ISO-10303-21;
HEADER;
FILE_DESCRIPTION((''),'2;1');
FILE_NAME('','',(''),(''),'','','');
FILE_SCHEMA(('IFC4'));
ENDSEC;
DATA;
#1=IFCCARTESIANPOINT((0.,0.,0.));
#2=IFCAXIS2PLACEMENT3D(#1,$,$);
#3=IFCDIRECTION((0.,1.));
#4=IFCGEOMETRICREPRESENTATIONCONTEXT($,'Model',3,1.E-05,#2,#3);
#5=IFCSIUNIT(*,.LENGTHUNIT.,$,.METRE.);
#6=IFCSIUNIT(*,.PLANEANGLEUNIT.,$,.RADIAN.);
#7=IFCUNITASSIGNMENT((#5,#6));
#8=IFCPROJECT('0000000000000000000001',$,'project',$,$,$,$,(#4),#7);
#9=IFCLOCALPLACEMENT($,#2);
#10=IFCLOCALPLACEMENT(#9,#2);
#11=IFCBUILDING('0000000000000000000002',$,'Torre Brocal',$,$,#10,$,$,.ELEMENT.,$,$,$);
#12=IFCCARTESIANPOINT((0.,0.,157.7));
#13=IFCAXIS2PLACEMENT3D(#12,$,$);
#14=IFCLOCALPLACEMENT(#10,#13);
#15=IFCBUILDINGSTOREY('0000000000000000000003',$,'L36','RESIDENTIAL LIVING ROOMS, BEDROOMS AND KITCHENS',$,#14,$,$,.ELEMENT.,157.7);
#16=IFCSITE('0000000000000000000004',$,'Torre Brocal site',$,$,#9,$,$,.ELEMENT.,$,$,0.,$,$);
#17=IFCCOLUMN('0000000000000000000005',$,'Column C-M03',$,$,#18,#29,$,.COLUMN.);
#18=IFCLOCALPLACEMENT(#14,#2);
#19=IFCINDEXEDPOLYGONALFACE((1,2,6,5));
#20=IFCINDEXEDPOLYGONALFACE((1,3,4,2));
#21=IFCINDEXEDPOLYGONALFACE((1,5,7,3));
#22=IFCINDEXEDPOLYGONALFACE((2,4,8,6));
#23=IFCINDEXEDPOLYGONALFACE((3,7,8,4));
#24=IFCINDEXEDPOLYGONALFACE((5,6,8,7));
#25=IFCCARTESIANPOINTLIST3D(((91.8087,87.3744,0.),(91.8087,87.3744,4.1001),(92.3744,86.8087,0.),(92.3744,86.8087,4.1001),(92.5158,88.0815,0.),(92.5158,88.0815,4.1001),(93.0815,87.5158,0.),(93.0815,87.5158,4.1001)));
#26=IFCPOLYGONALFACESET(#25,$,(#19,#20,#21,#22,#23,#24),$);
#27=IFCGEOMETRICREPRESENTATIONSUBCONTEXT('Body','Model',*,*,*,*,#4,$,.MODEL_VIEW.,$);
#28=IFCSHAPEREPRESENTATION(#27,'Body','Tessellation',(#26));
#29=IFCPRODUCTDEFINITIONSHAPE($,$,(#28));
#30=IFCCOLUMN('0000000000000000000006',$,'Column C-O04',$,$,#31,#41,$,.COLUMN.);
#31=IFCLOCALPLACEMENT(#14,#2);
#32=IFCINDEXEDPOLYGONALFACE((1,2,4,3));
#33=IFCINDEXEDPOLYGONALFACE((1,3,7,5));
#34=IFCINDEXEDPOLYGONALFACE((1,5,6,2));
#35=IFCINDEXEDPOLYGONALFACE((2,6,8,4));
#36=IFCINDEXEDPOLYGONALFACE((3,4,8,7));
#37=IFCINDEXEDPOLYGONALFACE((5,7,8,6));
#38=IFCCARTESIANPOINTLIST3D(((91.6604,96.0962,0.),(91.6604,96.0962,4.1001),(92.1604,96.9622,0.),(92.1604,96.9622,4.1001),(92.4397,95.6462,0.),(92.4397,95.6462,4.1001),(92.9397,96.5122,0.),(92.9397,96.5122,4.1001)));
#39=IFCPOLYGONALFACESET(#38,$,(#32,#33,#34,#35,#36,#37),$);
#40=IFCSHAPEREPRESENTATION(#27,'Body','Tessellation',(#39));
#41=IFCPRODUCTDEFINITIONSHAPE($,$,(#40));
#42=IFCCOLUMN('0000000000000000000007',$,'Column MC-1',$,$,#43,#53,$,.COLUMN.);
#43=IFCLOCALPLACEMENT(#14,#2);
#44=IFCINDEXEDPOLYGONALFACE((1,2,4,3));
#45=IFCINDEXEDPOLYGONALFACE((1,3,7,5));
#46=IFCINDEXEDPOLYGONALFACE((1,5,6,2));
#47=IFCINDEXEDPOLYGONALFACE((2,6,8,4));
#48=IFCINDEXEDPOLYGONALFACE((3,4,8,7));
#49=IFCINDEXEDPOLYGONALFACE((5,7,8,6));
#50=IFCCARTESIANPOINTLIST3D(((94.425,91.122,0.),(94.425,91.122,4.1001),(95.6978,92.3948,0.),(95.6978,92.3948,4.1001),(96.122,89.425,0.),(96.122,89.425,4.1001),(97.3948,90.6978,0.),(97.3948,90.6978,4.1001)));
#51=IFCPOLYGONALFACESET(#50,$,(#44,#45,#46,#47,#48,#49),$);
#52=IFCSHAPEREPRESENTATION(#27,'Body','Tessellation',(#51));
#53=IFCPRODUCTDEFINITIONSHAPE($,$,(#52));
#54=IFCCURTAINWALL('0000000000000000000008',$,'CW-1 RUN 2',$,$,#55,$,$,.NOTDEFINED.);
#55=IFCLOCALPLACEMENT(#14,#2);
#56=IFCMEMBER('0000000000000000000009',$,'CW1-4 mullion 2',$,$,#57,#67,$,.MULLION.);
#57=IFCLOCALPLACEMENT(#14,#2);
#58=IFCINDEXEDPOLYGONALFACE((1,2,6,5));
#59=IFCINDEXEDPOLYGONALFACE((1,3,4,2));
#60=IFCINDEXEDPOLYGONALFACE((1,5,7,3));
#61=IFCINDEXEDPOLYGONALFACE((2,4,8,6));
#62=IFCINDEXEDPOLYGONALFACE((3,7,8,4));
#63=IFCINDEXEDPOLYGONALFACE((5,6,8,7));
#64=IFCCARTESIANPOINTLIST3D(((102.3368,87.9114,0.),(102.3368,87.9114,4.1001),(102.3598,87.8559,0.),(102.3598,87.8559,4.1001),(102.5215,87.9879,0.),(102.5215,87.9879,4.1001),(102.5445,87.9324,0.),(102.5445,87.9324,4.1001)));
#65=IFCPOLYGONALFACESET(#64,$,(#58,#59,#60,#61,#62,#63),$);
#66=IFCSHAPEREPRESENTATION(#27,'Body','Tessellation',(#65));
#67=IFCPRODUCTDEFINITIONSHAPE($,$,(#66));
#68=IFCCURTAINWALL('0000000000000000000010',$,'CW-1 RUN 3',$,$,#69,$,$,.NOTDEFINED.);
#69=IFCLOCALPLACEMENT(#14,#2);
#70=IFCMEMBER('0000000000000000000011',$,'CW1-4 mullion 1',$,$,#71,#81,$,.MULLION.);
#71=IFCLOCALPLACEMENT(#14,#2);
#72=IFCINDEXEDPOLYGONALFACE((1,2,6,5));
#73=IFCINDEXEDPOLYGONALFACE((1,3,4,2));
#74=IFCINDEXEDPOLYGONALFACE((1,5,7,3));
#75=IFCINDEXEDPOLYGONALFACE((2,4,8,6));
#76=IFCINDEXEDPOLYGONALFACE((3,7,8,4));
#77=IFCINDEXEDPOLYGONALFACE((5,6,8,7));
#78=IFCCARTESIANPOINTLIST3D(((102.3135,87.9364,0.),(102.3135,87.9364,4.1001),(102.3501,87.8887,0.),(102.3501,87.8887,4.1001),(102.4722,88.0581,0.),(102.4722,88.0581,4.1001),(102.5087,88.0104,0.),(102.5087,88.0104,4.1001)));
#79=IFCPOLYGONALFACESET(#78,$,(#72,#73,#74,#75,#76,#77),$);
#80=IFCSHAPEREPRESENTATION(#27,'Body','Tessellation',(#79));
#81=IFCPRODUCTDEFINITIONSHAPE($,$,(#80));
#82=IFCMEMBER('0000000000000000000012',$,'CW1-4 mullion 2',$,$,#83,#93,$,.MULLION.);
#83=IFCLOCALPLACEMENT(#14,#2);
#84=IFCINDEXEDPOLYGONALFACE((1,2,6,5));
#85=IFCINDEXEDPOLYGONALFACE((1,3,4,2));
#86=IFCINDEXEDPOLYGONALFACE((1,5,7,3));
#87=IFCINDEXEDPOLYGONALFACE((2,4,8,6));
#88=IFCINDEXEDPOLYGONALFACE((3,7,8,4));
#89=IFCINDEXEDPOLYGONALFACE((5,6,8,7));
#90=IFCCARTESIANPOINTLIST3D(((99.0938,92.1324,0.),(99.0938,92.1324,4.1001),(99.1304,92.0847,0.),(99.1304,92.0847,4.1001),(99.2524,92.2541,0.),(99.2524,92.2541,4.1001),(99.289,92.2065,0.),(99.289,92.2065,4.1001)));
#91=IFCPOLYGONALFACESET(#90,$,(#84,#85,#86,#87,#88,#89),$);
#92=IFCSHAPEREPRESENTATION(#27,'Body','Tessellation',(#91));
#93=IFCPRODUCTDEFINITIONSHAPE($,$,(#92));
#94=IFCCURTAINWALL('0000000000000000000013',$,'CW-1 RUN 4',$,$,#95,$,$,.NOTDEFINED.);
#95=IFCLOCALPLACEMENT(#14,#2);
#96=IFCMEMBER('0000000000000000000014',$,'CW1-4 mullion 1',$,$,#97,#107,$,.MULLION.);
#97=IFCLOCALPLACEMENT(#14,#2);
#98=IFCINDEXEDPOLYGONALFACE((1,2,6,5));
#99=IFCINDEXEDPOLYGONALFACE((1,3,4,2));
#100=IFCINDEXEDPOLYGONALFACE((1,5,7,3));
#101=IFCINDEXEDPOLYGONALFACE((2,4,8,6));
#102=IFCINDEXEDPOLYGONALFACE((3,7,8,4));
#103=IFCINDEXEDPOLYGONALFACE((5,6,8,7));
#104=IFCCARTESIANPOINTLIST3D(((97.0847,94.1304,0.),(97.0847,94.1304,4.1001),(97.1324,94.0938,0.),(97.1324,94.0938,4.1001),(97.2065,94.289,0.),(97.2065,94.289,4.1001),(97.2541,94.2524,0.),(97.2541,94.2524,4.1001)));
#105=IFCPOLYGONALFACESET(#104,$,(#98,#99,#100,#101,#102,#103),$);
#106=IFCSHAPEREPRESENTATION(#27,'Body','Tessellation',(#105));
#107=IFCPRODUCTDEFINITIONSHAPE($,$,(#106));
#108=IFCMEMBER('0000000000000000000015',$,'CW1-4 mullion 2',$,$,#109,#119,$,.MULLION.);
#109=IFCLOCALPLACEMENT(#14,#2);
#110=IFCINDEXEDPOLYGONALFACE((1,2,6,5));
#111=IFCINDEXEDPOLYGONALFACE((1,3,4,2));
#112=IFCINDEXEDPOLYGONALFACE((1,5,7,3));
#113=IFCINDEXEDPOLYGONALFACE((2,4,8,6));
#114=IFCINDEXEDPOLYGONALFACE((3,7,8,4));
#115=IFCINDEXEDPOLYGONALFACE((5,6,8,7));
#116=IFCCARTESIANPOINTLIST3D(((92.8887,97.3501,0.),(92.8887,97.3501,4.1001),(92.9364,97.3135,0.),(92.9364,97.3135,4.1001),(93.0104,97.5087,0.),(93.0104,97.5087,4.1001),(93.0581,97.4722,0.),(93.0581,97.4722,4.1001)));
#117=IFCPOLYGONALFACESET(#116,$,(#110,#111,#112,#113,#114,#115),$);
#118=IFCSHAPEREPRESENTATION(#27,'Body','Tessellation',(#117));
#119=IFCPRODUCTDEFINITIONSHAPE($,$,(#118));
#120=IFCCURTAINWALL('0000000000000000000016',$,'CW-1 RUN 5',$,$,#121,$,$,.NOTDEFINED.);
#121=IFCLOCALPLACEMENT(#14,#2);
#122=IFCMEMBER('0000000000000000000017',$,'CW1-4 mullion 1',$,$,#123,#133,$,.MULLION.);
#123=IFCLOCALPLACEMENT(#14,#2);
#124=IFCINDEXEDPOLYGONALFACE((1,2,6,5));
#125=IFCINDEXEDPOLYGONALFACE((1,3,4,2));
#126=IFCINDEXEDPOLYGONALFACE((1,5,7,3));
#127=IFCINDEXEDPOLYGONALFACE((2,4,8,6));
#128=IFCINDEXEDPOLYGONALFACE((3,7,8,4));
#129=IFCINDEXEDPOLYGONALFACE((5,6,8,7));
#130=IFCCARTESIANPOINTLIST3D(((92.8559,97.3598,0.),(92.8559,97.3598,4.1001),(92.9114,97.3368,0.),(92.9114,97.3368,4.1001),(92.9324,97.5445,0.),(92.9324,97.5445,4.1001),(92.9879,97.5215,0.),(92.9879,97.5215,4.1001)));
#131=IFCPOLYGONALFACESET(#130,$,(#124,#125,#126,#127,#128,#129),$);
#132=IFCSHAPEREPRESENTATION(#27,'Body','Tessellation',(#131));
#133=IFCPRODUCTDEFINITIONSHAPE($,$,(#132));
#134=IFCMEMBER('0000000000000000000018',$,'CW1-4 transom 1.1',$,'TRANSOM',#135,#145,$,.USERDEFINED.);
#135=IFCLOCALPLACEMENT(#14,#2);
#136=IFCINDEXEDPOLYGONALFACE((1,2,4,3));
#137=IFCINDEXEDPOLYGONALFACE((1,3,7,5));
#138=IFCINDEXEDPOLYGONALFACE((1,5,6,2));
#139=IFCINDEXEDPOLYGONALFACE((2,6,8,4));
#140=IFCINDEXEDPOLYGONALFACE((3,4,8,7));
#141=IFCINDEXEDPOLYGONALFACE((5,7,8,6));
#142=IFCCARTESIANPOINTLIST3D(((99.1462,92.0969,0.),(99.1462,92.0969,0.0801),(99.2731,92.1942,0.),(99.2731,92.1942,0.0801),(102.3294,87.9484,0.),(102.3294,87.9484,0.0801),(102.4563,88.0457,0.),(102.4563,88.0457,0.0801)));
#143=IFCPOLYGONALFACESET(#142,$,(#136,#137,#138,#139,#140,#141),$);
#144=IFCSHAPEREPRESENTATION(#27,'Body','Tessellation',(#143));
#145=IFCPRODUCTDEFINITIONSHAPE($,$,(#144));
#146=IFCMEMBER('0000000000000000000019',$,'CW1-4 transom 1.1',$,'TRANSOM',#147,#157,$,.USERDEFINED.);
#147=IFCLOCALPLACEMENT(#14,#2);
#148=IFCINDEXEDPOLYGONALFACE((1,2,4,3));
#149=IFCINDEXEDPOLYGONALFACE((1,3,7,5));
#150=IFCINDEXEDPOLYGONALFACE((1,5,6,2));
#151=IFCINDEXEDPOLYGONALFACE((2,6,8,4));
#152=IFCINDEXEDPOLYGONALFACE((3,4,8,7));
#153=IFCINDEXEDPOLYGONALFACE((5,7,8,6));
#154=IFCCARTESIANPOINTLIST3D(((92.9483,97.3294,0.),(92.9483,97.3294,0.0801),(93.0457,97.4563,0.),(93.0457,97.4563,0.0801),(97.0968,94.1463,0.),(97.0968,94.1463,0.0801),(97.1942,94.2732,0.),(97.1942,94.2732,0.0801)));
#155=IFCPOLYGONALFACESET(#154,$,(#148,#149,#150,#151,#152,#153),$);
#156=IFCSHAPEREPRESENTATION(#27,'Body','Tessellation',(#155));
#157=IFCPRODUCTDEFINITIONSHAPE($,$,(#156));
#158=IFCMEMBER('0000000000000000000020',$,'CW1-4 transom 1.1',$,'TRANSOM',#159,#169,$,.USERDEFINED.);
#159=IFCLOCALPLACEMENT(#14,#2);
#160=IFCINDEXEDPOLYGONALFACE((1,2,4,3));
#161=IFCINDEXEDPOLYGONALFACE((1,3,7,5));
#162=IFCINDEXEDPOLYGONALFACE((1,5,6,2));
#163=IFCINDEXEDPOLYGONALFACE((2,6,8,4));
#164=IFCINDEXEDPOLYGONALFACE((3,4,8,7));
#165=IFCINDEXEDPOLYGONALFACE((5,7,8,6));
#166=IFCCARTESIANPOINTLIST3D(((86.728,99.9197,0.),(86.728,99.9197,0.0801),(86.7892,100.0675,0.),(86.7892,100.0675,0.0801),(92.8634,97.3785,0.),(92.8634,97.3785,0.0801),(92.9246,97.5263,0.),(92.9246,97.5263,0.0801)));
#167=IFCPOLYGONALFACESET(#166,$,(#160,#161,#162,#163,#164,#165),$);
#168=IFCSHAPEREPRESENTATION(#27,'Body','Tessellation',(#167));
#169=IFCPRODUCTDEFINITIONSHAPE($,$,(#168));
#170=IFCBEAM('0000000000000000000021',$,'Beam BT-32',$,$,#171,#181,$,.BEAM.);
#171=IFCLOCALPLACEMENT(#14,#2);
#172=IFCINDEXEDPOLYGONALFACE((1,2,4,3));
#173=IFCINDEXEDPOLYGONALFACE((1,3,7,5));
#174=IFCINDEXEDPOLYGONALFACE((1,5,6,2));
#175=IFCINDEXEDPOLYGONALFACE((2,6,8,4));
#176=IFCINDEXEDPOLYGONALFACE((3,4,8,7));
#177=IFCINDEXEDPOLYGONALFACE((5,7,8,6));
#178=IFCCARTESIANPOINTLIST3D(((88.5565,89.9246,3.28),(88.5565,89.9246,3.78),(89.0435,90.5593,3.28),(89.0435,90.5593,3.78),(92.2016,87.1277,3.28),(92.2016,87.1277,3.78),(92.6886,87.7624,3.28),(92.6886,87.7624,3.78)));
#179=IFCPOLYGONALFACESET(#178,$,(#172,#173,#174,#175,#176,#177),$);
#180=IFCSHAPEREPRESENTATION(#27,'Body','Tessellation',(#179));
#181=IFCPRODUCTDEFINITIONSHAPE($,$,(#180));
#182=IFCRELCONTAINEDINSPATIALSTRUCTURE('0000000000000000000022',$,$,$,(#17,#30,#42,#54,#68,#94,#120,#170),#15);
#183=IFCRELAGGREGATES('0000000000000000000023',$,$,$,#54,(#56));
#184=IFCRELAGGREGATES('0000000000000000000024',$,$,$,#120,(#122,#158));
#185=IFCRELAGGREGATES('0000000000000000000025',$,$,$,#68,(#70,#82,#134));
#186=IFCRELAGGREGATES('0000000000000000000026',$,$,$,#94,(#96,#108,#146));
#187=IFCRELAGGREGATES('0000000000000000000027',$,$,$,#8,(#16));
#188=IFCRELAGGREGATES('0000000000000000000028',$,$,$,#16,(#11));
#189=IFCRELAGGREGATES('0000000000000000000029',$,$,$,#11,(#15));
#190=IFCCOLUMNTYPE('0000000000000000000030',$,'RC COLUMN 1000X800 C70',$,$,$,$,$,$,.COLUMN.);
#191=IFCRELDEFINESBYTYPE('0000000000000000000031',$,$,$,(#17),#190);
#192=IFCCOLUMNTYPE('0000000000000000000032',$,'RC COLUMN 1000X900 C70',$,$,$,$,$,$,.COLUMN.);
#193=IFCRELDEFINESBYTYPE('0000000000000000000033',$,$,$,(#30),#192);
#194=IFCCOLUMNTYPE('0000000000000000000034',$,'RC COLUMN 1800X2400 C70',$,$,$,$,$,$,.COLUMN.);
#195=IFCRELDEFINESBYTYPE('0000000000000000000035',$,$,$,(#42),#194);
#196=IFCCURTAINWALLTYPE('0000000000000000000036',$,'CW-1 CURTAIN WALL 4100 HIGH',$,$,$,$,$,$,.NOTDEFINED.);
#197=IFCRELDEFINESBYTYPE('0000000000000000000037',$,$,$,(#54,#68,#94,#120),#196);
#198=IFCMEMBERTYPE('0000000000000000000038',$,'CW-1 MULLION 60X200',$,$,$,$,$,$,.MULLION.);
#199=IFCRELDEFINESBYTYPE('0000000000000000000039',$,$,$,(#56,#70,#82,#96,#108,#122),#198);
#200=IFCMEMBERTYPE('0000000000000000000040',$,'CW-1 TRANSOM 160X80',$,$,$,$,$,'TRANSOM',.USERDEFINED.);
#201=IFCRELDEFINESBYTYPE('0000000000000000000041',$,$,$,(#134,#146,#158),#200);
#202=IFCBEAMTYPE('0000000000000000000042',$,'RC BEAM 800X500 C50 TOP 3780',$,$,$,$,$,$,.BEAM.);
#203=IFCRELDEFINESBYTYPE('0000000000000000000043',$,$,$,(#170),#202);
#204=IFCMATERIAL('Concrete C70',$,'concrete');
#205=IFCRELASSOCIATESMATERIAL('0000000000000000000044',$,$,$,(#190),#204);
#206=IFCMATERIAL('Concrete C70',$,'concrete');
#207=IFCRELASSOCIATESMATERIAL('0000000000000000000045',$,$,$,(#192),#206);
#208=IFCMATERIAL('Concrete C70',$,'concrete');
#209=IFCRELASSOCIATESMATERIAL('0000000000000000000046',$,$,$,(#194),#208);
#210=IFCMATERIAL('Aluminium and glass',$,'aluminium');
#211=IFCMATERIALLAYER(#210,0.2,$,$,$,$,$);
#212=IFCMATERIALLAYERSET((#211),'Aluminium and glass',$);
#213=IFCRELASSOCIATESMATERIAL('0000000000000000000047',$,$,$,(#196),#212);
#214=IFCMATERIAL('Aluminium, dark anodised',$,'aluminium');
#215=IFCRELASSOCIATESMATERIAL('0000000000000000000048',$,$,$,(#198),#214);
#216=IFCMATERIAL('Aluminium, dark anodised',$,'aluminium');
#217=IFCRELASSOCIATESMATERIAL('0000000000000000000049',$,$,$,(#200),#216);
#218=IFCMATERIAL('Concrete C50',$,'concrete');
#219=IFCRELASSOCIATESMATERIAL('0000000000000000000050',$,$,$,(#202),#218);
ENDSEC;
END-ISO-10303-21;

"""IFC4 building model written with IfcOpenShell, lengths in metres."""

from ifc_helpers import new_model, si_unit, direction, frame, origin, origin_2d, place, context, subcontext, project, spatial, rectangle, extrude, material, layer, layer_set, material_profile, profile_set, type_object, element, aggregate, save


model = new_model("IFC4")

# Units and contexts
model_context = context("Model", 3, precision=1e-05, world=origin(), true_north=direction((0.0, 1.0)))
body_context = subcontext(model_context, "Body", "Model", "MODEL_VIEW")
ifc_project = project(units=[si_unit("LENGTHUNIT", "METRE"), si_unit("PLANEANGLEUNIT", "RADIAN")], contexts=[model_context])

# Site, building, storey
site_placement = place(None, origin())
site = spatial("IfcSite", under=ifc_project, at=site_placement, Name="Torre Brocal site", CompositionType="ELEMENT", RefElevation=0.0)
building_placement = place(site_placement, origin())
building = spatial("IfcBuilding", under=site, at=building_placement, Name="Torre Brocal", CompositionType="ELEMENT")
storey_placement = place(building_placement, frame((0.0, 0.0, 157.7)))
storey = spatial("IfcBuildingStorey", under=building, at=storey_placement, Name="L36", Description="RESIDENTIAL LIVING ROOMS, BEDROOMS AND KITCHENS", CompositionType="ELEMENT", Elevation=157.7)

# Columns
ifc_material_1 = material(Name="Concrete C70", Category="concrete")
ifc_material_profile_1 = material_profile(ifc_material_1, rectangle(XDim=1.0, YDim=0.8, at=origin_2d()), Name="RC 1000X800")
ifc_profile_set_1 = profile_set([ifc_material_profile_1], Name="Concrete C70")
column_type_1 = type_object("IfcColumnType", Name="RC COLUMN 1000X800 C70", PredefinedType="COLUMN", material=ifc_profile_set_1)
column_1_placement = place(storey_placement, frame((92.4451, 87.4451, 0.0), z_axis=(0.0, 0.0, 1.0), x_axis=(0.707107, 0.707107, 0.0)))
element("IfcColumn", 1, at=column_1_placement, inside=storey, type_object=column_type_1, Name="Column C-M03", PredefinedType="COLUMN", context=body_context, shape_type="SweptSolid", body=[
    extrude(rectangle(XDim=1.0, YDim=0.8, at=origin_2d()), origin(), (0.0, 0.0, 1.0), 4.1001),
])
ifc_material_2 = material(Name="Concrete C70", Category="concrete")
ifc_material_profile_2 = material_profile(ifc_material_2, rectangle(XDim=1.0, YDim=0.8999, at=origin_2d()), Name="RC 1000X900")
ifc_profile_set_2 = profile_set([ifc_material_profile_2], Name="Concrete C70")
column_type_2 = type_object("IfcColumnType", Name="RC COLUMN 1000X900 C70", PredefinedType="COLUMN", material=ifc_profile_set_2)
column_2_placement = place(storey_placement, frame((92.3, 96.3042, 0.0), z_axis=(0.0, 0.0, 1.0), x_axis=(0.5, 0.866025, 0.0)))
element("IfcColumn", 2, at=column_2_placement, inside=storey, type_object=column_type_2, Name="Column C-O04", PredefinedType="COLUMN", context=body_context, shape_type="SweptSolid", body=[
    extrude(rectangle(XDim=1.0, YDim=0.8999, at=origin_2d()), origin(), (0.0, 0.0, 1.0), 4.1001),
])
ifc_material_3 = material(Name="Concrete C70", Category="concrete")
ifc_material_profile_3 = material_profile(ifc_material_3, rectangle(XDim=1.8, YDim=2.3999, at=origin_2d()), Name="RC 1800X2400")
ifc_profile_set_3 = profile_set([ifc_material_profile_3], Name="Concrete C70")
column_type_3 = type_object("IfcColumnType", Name="RC COLUMN 1800X2400 C70", PredefinedType="COLUMN", material=ifc_profile_set_3)
column_3_placement = place(storey_placement, frame((95.9099, 90.9099, 0.0), z_axis=(0.0, 0.0, 1.0), x_axis=(0.707107, 0.707107, 0.0)))
element("IfcColumn", 3, at=column_3_placement, inside=storey, type_object=column_type_3, Name="Column MC-1", PredefinedType="COLUMN", context=body_context, shape_type="SweptSolid", body=[
    extrude(rectangle(XDim=1.8, YDim=2.3999, at=origin_2d()), origin(), (0.0, 0.0, 1.0), 4.1001),
])

# Curtain wall, member
ifc_material_4 = material(Name="Aluminium and glass", Category="aluminium")
ifc_layer_1 = layer(ifc_material_4, 0.2)
ifc_layer_set_1 = layer_set([ifc_layer_1], Name="Aluminium and glass")
curtain_wall_type = type_object("IfcCurtainWallType", Name="CW-1 CURTAIN WALL 4100 HIGH", PredefinedType="NOTDEFINED", material=ifc_layer_set_1)
curtain_wall_1_placement = place(storey_placement, origin())
curtain_wall_1 = element("IfcCurtainWall", 4, at=curtain_wall_1_placement, inside=storey, type_object=curtain_wall_type, Name="CW-1 RUN 2", PredefinedType="NOTDEFINED")
ifc_material_5 = material(Name="Aluminium, dark anodised", Category="aluminium")
ifc_material_profile_4 = material_profile(ifc_material_5, rectangle(XDim=0.2, YDim=0.0601, at=origin_2d()), Name="CW-1 MULLION 60X200")
ifc_profile_set_4 = profile_set([ifc_material_profile_4], Name="Aluminium, dark anodised")
member_type_1 = type_object("IfcMemberType", Name="CW-1 MULLION 60X200", PredefinedType="MULLION", material=ifc_profile_set_4)
member_1_placement = place(storey_placement, frame((102.4407, 87.9219, 0.0), z_axis=(0.0, 0.0, 1.0), x_axis=(-0.92388, -0.382683, 0.0)))
member_1 = element("IfcMember", 5, at=member_1_placement, type_object=member_type_1, Name="CW1-4 mullion 2", PredefinedType="MULLION", context=body_context, shape_type="SweptSolid", body=[
    extrude(rectangle(XDim=0.2, YDim=0.0601, at=origin_2d()), origin(), (0.0, 0.0, 1.0), 4.1001),
])
aggregate(curtain_wall_1, [member_1])

# Curtain walls, members
curtain_wall_2_placement = place(storey_placement, origin())
curtain_wall_2 = element("IfcCurtainWall", 6, at=curtain_wall_2_placement, inside=storey, type_object=curtain_wall_type, Name="CW-1 RUN 3", PredefinedType="NOTDEFINED")
member_2_placement = place(storey_placement, frame((102.4111, 87.9734, 0.0), z_axis=(0.0, 0.0, 1.0), x_axis=(-0.793353, -0.608761, 0.0)))
member_2 = element("IfcMember", 7, at=member_2_placement, type_object=member_type_1, Name="CW1-4 mullion 1", PredefinedType="MULLION", context=body_context, shape_type="SweptSolid", body=[
    extrude(rectangle(XDim=0.2, YDim=0.0601, at=origin_2d()), origin(), (0.0, 0.0, 1.0), 4.1001),
])
member_3_placement = place(storey_placement, frame((99.1914, 92.1694, 0.0), z_axis=(0.0, 0.0, 1.0), x_axis=(-0.793353, -0.608761, 0.0)))
member_3 = element("IfcMember", 8, at=member_3_placement, type_object=member_type_1, Name="CW1-4 mullion 2", PredefinedType="MULLION", context=body_context, shape_type="SweptSolid", body=[
    extrude(rectangle(XDim=0.2, YDim=0.0601, at=origin_2d()), origin(), (0.0, 0.0, 1.0), 4.1001),
])
curtain_wall_3_placement = place(storey_placement, origin())
curtain_wall_3 = element("IfcCurtainWall", 9, at=curtain_wall_3_placement, inside=storey, type_object=curtain_wall_type, Name="CW-1 RUN 4", PredefinedType="NOTDEFINED")
member_4_placement = place(storey_placement, frame((97.1694, 94.1914, 0.0), z_axis=(0.0, 0.0, 1.0), x_axis=(-0.608761, -0.793353, 0.0)))
member_4 = element("IfcMember", 10, at=member_4_placement, type_object=member_type_1, Name="CW1-4 mullion 1", PredefinedType="MULLION", context=body_context, shape_type="SweptSolid", body=[
    extrude(rectangle(XDim=0.2, YDim=0.0601, at=origin_2d()), origin(), (0.0, 0.0, 1.0), 4.1001),
])
member_5_placement = place(storey_placement, frame((92.9734, 97.4111, 0.0), z_axis=(0.0, 0.0, 1.0), x_axis=(-0.608761, -0.793353, 0.0)))
member_5 = element("IfcMember", 11, at=member_5_placement, type_object=member_type_1, Name="CW1-4 mullion 2", PredefinedType="MULLION", context=body_context, shape_type="SweptSolid", body=[
    extrude(rectangle(XDim=0.2, YDim=0.0601, at=origin_2d()), origin(), (0.0, 0.0, 1.0), 4.1001),
])

# Curtain wall, member
curtain_wall_4_placement = place(storey_placement, origin())
curtain_wall_4 = element("IfcCurtainWall", 12, at=curtain_wall_4_placement, inside=storey, type_object=curtain_wall_type, Name="CW-1 RUN 5", PredefinedType="NOTDEFINED")
member_6_placement = place(storey_placement, frame((92.9219, 97.4407, 0.0), z_axis=(0.0, 0.0, 1.0), x_axis=(-0.382683, -0.92388, 0.0)))
member_6 = element("IfcMember", 13, at=member_6_placement, type_object=member_type_1, Name="CW1-4 mullion 1", PredefinedType="MULLION", context=body_context, shape_type="SweptSolid", body=[
    extrude(rectangle(XDim=0.2, YDim=0.0601, at=origin_2d()), origin(), (0.0, 0.0, 1.0), 4.1001),
])

# Members
ifc_material_6 = material(Name="Aluminium, dark anodised", Category="aluminium")
ifc_material_profile_5 = material_profile(ifc_material_6, rectangle(XDim=0.1599, YDim=0.0801, at=origin_2d()), Name="CW-1 TRANSOM 160X80")
ifc_profile_set_5 = profile_set([ifc_material_profile_5], Name="Aluminium, dark anodised")
member_type_2 = type_object("IfcMemberType", Name="CW-1 TRANSOM 160X80", ElementType="TRANSOM", PredefinedType="USERDEFINED", material=ifc_profile_set_5)
member_7_placement = place(storey_placement, frame((102.3928, 87.9971, 0.04), z_axis=(-0.608749, 0.793363, 0.0), x_axis=(-0.793363, -0.608749, 0.0)))
member_7 = element("IfcMember", 14, at=member_7_placement, type_object=member_type_2, Name="CW1-4 transom 1.1", ObjectType="TRANSOM", PredefinedType="USERDEFINED", context=body_context, shape_type="SweptSolid", body=[
    extrude(rectangle(XDim=0.1599, YDim=0.0801, at=origin_2d()), origin(), (0.0, 0.0, 1.0), 5.229),
])
member_8_placement = place(storey_placement, frame((97.1455, 94.2097, 0.04), z_axis=(-0.793363, 0.608749, 0.0), x_axis=(-0.608749, -0.793363, 0.0)))
member_8 = element("IfcMember", 15, at=member_8_placement, type_object=member_type_2, Name="CW1-4 transom 1.1", ObjectType="TRANSOM", PredefinedType="USERDEFINED", context=body_context, shape_type="SweptSolid", body=[
    extrude(rectangle(XDim=0.1599, YDim=0.0801, at=origin_2d()), origin(), (0.0, 0.0, 1.0), 5.229),
])
member_9_placement = place(storey_placement, frame((92.894, 97.4524, 0.04), z_axis=(-0.923887, 0.382665, 0.0), x_axis=(-0.382665, -0.923887, 0.0)))
member_9 = element("IfcMember", 16, at=member_9_placement, type_object=member_type_2, Name="CW1-4 transom 1.1", ObjectType="TRANSOM", PredefinedType="USERDEFINED", context=body_context, shape_type="SweptSolid", body=[
    extrude(rectangle(XDim=0.1599, YDim=0.0801, at=origin_2d()), origin(), (0.0, 0.0, 1.0), 6.6409),
])
aggregate(curtain_wall_4, [member_6, member_9])

# Beam
ifc_material_7 = material(Name="Concrete C50", Category="concrete")
ifc_material_profile_6 = material_profile(ifc_material_7, rectangle(XDim=0.8, YDim=0.5, at=origin_2d()), Name="RC 800X500")
ifc_profile_set_6 = profile_set([ifc_material_profile_6], Name="Concrete C50")
beam_type_1 = type_object("IfcBeamType", Name="RC BEAM 800X500 C50 TOP 3780", PredefinedType="BEAM", material=ifc_profile_set_6)
beam_1_placement = place(storey_placement, frame((92.4451, 87.4451, 3.53), z_axis=(-0.793358, 0.608755, 0.0), x_axis=(-0.608755, -0.793358, 0.0)))
element("IfcBeam", 17, at=beam_1_placement, inside=storey, type_object=beam_type_1, Name="Beam BT-32", PredefinedType="BEAM", context=body_context, shape_type="SweptSolid", body=[
    extrude(rectangle(XDim=0.8, YDim=0.5, at=origin_2d()), origin(), (0.0, 0.0, 1.0), 4.5945),
])

aggregate(curtain_wall_2, [member_2, member_3, member_7])
aggregate(curtain_wall_3, [member_4, member_5, member_8])

save(model, "model.ifc")
